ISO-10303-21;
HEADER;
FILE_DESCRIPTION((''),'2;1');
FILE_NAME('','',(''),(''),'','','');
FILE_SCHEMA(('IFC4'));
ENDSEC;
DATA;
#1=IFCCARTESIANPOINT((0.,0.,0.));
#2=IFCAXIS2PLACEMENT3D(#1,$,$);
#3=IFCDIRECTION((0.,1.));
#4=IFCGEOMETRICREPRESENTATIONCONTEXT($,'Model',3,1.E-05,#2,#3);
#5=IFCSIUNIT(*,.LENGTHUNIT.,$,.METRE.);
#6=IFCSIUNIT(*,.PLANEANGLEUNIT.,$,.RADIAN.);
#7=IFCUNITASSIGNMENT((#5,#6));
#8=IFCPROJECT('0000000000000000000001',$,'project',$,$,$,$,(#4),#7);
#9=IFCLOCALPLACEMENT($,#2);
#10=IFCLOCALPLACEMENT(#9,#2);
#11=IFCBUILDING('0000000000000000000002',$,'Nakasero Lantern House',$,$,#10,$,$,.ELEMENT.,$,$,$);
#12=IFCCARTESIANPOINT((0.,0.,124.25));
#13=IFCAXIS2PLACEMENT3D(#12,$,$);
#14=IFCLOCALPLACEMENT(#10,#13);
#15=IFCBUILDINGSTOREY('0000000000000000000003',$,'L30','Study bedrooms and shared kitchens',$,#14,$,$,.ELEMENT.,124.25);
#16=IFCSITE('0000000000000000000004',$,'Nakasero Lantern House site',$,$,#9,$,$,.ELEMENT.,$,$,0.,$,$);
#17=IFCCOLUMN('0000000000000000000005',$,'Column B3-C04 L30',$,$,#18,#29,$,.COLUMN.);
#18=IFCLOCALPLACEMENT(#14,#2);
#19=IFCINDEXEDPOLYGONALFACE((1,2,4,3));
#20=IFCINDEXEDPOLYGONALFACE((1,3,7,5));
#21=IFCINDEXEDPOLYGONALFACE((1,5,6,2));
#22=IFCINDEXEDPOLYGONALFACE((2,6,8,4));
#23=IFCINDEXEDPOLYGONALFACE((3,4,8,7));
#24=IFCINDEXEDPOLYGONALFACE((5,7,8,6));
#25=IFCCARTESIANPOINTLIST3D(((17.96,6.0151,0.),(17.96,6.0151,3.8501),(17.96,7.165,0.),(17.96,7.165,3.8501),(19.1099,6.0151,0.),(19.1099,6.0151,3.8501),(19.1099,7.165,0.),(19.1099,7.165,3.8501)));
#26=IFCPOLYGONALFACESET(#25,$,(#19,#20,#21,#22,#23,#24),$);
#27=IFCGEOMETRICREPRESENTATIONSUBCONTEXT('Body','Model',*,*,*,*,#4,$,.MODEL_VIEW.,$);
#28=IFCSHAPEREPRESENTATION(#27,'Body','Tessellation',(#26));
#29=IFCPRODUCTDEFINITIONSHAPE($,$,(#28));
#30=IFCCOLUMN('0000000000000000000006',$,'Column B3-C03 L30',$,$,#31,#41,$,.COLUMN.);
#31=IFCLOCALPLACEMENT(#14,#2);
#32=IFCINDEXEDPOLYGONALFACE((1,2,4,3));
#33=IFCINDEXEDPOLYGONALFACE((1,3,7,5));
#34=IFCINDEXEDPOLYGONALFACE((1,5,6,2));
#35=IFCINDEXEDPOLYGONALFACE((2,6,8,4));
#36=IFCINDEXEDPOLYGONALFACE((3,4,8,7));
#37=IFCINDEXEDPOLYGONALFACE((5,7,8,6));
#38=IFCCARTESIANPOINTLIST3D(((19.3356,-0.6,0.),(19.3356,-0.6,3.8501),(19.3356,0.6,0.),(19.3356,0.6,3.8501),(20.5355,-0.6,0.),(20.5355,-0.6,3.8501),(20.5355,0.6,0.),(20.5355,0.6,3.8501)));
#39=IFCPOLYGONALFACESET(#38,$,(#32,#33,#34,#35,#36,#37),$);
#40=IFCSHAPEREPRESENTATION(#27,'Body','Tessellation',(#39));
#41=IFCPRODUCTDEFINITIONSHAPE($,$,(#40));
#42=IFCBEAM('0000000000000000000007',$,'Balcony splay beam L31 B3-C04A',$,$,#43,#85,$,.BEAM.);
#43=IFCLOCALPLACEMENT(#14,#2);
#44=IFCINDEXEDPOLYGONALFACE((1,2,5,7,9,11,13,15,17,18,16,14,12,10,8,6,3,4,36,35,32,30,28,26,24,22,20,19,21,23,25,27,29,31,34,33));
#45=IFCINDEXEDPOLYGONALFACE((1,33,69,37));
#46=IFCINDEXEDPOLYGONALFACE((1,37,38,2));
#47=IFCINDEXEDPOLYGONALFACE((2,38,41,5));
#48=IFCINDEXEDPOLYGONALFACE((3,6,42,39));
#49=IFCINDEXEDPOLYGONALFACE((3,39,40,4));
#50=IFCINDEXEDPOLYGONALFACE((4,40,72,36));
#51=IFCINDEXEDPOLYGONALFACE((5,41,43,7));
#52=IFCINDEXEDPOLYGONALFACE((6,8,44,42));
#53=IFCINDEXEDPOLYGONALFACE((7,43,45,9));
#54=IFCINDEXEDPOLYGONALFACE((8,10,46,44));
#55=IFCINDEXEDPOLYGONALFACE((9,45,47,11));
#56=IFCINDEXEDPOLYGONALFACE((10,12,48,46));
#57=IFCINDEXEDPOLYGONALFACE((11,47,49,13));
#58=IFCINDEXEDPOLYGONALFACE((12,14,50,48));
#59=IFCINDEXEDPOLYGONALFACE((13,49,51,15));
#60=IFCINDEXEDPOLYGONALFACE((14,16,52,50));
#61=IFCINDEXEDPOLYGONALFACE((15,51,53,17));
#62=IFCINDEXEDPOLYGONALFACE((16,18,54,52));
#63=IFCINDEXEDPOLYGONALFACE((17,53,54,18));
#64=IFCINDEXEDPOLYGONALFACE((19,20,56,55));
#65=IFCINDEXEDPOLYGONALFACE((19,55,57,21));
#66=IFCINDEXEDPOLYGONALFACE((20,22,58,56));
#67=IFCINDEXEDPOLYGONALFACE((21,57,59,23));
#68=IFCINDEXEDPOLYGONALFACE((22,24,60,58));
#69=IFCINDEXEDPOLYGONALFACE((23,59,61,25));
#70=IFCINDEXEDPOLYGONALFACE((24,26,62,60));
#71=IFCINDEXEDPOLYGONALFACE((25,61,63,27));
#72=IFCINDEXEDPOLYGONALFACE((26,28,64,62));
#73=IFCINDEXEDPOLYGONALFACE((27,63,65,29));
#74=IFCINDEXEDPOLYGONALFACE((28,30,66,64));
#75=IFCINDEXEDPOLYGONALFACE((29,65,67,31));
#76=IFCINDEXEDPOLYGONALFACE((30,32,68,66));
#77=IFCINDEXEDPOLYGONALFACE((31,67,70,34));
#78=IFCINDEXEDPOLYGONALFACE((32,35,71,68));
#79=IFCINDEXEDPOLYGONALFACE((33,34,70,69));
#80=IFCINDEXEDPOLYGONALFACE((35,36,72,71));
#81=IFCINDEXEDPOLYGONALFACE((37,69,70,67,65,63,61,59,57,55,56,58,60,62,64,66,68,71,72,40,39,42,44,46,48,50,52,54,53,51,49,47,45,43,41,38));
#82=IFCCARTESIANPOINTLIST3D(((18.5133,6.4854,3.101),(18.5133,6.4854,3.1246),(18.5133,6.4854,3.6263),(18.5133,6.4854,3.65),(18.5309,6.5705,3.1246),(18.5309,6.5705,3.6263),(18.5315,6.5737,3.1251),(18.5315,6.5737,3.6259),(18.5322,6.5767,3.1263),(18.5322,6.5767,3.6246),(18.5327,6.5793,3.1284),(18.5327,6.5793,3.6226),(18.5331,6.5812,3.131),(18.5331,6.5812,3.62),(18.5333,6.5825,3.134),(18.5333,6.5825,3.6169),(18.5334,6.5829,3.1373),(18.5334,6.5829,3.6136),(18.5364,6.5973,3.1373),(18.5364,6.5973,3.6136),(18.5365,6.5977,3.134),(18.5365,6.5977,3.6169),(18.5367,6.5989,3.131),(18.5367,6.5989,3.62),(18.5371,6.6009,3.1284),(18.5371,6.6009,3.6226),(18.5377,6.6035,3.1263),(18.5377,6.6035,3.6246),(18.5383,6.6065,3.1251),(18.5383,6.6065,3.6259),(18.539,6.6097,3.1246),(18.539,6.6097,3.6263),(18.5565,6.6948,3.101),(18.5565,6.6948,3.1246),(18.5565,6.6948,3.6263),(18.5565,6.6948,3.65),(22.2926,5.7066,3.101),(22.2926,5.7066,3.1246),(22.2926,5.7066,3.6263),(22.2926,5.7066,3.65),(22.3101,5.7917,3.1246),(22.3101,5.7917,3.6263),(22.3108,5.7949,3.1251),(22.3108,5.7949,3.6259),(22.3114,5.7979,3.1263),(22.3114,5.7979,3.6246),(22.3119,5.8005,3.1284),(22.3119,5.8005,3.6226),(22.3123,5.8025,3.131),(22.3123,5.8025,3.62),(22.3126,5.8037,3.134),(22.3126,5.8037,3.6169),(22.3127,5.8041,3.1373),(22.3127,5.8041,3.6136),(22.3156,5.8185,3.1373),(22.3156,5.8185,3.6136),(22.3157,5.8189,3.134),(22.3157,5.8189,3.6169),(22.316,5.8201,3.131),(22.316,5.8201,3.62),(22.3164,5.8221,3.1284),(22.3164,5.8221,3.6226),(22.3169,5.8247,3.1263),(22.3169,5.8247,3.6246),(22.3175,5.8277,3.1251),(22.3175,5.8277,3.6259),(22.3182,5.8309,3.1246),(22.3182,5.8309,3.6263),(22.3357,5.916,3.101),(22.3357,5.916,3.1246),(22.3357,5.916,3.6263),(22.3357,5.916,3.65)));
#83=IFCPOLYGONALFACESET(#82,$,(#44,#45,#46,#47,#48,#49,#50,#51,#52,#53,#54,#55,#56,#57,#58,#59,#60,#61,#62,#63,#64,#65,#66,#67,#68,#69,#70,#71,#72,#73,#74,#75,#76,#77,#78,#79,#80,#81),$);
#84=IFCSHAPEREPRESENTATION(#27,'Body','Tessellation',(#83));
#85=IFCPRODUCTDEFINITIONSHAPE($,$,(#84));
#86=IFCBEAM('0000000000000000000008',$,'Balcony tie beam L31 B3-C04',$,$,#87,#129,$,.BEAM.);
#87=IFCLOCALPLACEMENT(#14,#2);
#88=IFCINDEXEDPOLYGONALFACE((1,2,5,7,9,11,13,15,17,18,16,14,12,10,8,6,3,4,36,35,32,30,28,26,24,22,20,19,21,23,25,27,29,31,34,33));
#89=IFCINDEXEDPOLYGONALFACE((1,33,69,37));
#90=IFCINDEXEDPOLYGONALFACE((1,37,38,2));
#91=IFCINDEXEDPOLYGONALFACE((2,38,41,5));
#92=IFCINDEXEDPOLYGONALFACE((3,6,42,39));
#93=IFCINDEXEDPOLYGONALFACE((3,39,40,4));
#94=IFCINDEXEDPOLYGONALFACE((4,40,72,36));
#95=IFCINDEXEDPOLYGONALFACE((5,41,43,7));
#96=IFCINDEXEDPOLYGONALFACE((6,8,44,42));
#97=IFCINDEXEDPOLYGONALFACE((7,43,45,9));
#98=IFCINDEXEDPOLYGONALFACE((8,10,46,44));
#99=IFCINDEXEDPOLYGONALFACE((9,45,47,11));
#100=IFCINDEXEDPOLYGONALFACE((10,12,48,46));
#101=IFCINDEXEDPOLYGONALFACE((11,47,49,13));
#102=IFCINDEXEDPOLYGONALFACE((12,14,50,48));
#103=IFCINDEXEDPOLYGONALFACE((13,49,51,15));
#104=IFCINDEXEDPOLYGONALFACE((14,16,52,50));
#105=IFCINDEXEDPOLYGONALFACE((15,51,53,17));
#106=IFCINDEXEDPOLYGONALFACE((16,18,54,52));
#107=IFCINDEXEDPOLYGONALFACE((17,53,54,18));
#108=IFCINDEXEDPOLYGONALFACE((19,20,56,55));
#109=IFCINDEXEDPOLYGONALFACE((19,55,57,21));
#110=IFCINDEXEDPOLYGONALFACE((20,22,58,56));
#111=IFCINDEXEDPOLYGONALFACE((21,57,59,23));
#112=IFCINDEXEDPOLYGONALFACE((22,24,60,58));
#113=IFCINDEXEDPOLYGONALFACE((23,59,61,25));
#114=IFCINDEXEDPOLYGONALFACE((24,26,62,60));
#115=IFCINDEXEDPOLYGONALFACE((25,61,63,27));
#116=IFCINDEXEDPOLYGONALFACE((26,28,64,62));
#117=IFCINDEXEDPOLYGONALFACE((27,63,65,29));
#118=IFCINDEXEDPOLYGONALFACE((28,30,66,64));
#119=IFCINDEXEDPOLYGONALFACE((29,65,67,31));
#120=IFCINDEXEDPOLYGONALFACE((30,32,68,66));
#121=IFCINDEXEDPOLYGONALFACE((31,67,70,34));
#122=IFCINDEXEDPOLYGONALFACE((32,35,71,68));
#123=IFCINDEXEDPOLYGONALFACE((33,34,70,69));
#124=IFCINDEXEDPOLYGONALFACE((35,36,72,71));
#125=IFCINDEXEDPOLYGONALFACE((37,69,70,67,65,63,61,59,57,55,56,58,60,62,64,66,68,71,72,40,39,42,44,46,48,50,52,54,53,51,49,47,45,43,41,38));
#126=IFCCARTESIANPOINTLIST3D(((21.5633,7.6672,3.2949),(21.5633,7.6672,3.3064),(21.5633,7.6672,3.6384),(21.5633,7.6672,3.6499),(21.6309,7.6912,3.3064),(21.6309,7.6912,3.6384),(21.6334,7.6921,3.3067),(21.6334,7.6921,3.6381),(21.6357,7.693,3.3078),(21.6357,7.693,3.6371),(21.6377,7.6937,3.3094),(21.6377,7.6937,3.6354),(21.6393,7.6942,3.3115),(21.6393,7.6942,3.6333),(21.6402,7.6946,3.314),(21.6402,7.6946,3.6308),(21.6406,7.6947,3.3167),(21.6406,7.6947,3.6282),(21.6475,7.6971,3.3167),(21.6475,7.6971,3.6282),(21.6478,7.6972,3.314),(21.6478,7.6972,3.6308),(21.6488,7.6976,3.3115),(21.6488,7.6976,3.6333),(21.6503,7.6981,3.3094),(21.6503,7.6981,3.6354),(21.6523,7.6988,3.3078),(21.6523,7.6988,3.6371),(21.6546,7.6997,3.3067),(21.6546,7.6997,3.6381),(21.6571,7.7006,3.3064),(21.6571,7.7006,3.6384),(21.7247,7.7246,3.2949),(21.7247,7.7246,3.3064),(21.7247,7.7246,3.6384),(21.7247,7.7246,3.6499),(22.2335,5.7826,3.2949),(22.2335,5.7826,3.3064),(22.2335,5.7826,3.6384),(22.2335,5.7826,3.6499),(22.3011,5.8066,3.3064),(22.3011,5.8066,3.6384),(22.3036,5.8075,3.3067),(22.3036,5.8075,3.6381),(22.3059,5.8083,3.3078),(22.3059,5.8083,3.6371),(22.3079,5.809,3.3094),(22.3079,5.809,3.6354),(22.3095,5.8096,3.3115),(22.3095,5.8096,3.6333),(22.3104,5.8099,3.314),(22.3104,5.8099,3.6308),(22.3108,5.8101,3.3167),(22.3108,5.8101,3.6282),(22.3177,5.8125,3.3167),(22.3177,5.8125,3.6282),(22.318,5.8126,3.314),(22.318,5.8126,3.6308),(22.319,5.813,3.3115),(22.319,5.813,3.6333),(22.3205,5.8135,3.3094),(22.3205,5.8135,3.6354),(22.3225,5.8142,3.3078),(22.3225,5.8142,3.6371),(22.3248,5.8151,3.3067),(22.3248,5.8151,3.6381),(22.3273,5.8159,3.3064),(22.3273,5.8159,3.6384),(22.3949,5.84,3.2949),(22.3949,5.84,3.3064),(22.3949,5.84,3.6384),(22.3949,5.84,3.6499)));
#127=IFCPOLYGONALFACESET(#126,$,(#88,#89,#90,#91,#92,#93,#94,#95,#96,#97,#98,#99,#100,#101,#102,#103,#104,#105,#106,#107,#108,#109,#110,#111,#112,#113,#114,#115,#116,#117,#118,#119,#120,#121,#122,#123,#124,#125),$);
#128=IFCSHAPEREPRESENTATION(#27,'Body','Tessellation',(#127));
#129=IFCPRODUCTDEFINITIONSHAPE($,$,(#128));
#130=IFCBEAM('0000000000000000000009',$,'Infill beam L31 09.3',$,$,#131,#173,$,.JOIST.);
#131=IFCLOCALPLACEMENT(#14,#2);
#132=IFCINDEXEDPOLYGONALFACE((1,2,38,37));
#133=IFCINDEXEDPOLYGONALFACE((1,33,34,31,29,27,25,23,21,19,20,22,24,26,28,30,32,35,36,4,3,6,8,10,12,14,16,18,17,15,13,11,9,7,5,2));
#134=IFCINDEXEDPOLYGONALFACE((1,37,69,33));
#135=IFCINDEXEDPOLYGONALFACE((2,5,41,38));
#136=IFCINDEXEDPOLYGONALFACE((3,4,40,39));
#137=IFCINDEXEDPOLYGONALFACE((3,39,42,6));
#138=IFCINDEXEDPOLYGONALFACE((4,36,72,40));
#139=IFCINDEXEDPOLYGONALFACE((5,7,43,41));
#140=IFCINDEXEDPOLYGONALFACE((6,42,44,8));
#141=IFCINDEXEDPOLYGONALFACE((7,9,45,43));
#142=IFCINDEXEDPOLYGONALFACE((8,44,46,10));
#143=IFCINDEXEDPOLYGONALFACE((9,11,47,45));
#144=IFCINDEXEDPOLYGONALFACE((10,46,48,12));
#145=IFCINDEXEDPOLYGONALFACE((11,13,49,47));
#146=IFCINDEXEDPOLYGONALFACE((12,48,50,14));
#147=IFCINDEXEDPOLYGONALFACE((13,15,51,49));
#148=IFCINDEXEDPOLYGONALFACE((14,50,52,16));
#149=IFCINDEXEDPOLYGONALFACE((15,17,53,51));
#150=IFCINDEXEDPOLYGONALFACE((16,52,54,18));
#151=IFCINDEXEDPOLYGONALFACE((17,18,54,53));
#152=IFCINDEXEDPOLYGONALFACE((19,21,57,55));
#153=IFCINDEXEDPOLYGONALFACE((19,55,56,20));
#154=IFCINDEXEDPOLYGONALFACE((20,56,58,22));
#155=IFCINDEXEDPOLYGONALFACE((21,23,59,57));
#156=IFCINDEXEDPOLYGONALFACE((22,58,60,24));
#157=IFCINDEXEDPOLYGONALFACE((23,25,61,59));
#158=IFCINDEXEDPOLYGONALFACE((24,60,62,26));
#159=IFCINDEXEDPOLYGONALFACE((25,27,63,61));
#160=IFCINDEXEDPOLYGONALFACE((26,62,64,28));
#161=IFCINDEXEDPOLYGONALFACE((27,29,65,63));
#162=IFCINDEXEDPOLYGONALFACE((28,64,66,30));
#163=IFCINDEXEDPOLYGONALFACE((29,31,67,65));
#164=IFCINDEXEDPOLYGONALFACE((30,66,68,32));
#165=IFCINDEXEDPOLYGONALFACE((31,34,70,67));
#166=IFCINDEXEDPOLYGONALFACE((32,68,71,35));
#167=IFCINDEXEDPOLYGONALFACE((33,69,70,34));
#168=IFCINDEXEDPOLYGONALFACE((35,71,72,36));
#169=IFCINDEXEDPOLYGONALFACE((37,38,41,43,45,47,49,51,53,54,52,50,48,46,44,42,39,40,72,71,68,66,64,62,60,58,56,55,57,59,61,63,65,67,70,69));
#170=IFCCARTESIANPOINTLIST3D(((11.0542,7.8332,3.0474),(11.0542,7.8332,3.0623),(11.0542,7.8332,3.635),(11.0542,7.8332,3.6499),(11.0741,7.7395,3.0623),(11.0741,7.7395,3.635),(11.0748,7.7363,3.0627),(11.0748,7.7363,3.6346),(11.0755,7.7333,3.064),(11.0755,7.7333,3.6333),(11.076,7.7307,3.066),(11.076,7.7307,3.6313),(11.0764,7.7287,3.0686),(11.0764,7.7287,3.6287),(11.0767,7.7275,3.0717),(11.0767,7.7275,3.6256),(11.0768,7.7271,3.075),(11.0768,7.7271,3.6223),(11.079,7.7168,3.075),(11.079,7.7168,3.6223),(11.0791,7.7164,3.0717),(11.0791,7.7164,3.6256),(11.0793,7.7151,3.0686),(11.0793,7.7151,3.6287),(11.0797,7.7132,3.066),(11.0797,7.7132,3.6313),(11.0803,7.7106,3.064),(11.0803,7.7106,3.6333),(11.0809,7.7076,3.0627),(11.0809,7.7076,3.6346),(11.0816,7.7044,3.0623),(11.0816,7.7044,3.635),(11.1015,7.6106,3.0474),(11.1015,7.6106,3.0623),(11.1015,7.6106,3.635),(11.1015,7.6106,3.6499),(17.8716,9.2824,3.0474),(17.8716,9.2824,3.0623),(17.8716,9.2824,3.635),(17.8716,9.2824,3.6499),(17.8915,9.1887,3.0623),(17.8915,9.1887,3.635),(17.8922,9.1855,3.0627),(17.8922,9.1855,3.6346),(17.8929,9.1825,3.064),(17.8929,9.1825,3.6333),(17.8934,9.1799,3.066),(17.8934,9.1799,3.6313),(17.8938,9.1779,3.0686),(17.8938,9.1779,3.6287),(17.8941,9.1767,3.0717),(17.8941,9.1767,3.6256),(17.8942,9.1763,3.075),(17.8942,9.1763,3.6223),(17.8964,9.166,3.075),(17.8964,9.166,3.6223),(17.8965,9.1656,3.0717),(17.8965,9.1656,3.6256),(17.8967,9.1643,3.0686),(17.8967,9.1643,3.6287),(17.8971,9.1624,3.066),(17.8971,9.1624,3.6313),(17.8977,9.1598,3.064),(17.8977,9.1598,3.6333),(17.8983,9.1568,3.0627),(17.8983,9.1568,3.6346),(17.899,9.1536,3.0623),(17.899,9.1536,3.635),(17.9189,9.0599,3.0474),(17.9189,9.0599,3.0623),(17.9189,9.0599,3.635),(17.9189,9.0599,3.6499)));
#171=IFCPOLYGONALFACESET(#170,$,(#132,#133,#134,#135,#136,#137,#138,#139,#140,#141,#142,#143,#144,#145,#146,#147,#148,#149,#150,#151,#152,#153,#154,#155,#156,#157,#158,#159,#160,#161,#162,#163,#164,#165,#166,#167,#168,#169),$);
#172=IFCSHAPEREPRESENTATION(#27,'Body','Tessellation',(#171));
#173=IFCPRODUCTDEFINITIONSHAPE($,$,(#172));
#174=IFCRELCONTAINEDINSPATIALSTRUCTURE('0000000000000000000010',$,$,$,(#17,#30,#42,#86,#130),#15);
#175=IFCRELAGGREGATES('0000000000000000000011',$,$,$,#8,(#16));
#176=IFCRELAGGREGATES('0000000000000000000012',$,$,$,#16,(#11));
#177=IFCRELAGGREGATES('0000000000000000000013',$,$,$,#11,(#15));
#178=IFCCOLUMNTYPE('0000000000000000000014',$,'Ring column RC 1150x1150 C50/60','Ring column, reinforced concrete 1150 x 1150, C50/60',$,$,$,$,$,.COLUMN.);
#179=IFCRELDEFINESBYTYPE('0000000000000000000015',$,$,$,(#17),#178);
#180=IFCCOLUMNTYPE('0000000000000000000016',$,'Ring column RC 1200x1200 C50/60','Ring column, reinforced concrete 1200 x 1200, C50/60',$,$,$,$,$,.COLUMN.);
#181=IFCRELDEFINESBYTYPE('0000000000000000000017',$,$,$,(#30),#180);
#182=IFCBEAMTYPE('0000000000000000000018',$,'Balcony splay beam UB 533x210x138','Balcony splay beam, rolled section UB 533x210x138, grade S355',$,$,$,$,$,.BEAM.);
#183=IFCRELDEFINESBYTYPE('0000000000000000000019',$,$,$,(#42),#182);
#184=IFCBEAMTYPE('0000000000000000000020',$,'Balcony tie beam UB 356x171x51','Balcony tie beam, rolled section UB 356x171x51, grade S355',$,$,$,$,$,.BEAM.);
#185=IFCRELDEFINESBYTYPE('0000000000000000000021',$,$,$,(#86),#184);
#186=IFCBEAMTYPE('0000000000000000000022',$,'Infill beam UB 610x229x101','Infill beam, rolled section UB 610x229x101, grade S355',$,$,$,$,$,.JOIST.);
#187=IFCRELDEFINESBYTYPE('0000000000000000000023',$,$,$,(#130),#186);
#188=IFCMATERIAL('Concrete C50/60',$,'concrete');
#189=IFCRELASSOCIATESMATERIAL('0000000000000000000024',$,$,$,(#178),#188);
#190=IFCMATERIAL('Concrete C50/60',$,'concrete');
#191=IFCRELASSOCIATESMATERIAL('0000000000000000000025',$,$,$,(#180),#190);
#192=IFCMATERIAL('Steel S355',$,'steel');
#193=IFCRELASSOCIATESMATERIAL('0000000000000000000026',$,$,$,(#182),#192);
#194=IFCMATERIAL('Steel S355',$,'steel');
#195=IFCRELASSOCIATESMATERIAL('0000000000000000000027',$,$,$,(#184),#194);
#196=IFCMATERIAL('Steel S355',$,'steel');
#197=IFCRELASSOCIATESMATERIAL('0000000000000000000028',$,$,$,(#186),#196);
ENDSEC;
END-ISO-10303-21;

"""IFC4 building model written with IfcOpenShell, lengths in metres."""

from ifc_helpers import new_model, si_unit, direction, frame, origin, origin_2d, place, context, subcontext, project, spatial, rectangle, i_section, extrude, material, material_profile, profile_set, type_object, element, save


model = new_model("IFC4")

# Units and contexts
model_context = context("Model", 3, precision=1e-05, world=origin(), true_north=direction((0.0, 1.0)))
body_context = subcontext(model_context, "Body", "Model", "MODEL_VIEW")
ifc_project = project(units=[si_unit("LENGTHUNIT", "METRE"), si_unit("PLANEANGLEUNIT", "RADIAN")], contexts=[model_context])

# Site, building, storey
site_placement = place(None, origin())
site = spatial("IfcSite", under=ifc_project, at=site_placement, Name="Nakasero Lantern House site", CompositionType="ELEMENT", RefElevation=0.0)
building_placement = place(site_placement, origin())
building = spatial("IfcBuilding", under=site, at=building_placement, Name="Nakasero Lantern House", CompositionType="ELEMENT")
storey_placement = place(building_placement, frame((0.0, 0.0, 124.25)))
storey = spatial("IfcBuildingStorey", under=building, at=storey_placement, Name="L30", Description="Study bedrooms and shared kitchens", CompositionType="ELEMENT", Elevation=124.25)

# Columns
ifc_material_1 = material(Name="Concrete C50/60", Category="concrete")
ifc_material_profile_1 = material_profile(ifc_material_1, rectangle(XDim=1.1499, YDim=1.1499, at=origin_2d()), Name="RC 1150x1150")
ifc_profile_set_1 = profile_set([ifc_material_profile_1], Name="Concrete C50/60")
column_type_1 = type_object("IfcColumnType", Name="Ring column RC 1150x1150 C50/60", Description="Ring column, reinforced concrete 1150 x 1150, C50/60", PredefinedType="COLUMN", material=ifc_profile_set_1)
column_1_placement = place(storey_placement, frame((18.5349, 6.5901, 0.0), z_axis=(0.0, 0.0, 1.0), x_axis=(1.0, 0.0, 0.0)))
element("IfcColumn", 1, at=column_1_placement, inside=storey, type_object=column_type_1, Name="Column B3-C04 L30", PredefinedType="COLUMN", context=body_context, shape_type="SweptSolid", body=[
    extrude(rectangle(XDim=1.1499, YDim=1.1499, at=origin_2d()), origin(), (0.0, 0.0, 1.0), 3.8501),
])
ifc_material_2 = material(Name="Concrete C50/60", Category="concrete")
ifc_material_profile_2 = material_profile(ifc_material_2, rectangle(XDim=1.2, YDim=1.2, at=origin_2d()), Name="RC 1200x1200")
ifc_profile_set_2 = profile_set([ifc_material_profile_2], Name="Concrete C50/60")
column_type_2 = type_object("IfcColumnType", Name="Ring column RC 1200x1200 C50/60", Description="Ring column, reinforced concrete 1200 x 1200, C50/60", PredefinedType="COLUMN", material=ifc_profile_set_2)
column_2_placement = place(storey_placement, frame((19.9355, 0.0, 0.0), z_axis=(0.0, 0.0, 1.0), x_axis=(1.0, 0.0, 0.0)))
element("IfcColumn", 2, at=column_2_placement, inside=storey, type_object=column_type_2, Name="Column B3-C03 L30", PredefinedType="COLUMN", context=body_context, shape_type="SweptSolid", body=[
    extrude(rectangle(XDim=1.2, YDim=1.2, at=origin_2d()), origin(), (0.0, 0.0, 1.0), 3.8501),
])

# Beams
ifc_material_3 = material(Name="Steel S355", Category="steel")
ifc_material_profile_3 = material_profile(ifc_material_3, i_section(OverallWidth=0.2139, OverallDepth=0.5491, WebThickness=0.0146, FlangeThickness=0.0237, FilletRadius=0.0127, at=origin_2d()), Name="UB 533x210x138")
ifc_profile_set_3 = profile_set([ifc_material_profile_3], Name="Steel S355")
beam_type_1 = type_object("IfcBeamType", Name="Balcony splay beam UB 533x210x138", Description="Balcony splay beam, rolled section UB 533x210x138, grade S355", PredefinedType="BEAM", material=ifc_profile_set_3)
beam_1_placement = place(storey_placement, frame((18.5349, 6.5901, 3.3755), z_axis=(0.97942, -0.201831, 0.0), x_axis=(0.201831, 0.97942, 0.0)))
element("IfcBeam", 3, at=beam_1_placement, inside=storey, type_object=beam_type_1, Name="Balcony splay beam L31 B3-C04A", PredefinedType="BEAM", context=body_context, shape_type="SweptSolid", body=[
    extrude(i_section(OverallWidth=0.2139, OverallDepth=0.5491, WebThickness=0.0146, FlangeThickness=0.0237, FilletRadius=0.0127, at=origin_2d()), origin(), (0.0, 0.0, 1.0), 3.8586),
])
ifc_material_4 = material(Name="Steel S355", Category="steel")
ifc_material_profile_4 = material_profile(ifc_material_4, i_section(OverallWidth=0.1714, OverallDepth=0.355, WebThickness=0.0073, FlangeThickness=0.0115, FilletRadius=0.0103, at=origin_2d()), Name="UB 356x171x51")
ifc_profile_set_4 = profile_set([ifc_material_profile_4], Name="Steel S355")
beam_type_2 = type_object("IfcBeamType", Name="Balcony tie beam UB 356x171x51", Description="Balcony tie beam, rolled section UB 356x171x51, grade S355", PredefinedType="BEAM", material=ifc_profile_set_4)
beam_2_placement = place(storey_placement, frame((22.3142, 5.8113, 3.4724), z_axis=(-0.33506, 0.942197, 0.0), x_axis=(-0.942197, -0.33506, 0.0)))
element("IfcBeam", 4, at=beam_2_placement, inside=storey, type_object=beam_type_2, Name="Balcony tie beam L31 B3-C04", PredefinedType="BEAM", context=body_context, shape_type="SweptSolid", body=[
    extrude(i_section(OverallWidth=0.1714, OverallDepth=0.355, WebThickness=0.0073, FlangeThickness=0.0115, FilletRadius=0.0103, at=origin_2d()), origin(), (0.0, 0.0, 1.0), 2.0002),
])
ifc_material_5 = material(Name="Steel S355", Category="steel")
ifc_material_profile_5 = material_profile(ifc_material_5, i_section(OverallWidth=0.2275, OverallDepth=0.6025, WebThickness=0.0105, FlangeThickness=0.0149, FilletRadius=0.0127, at=origin_2d()), Name="UB 610x229x101")
ifc_profile_set_5 = profile_set([ifc_material_profile_5], Name="Steel S355")
beam_type_3 = type_object("IfcBeamType", Name="Infill beam UB 610x229x101", Description="Infill beam, rolled section UB 610x229x101, grade S355", PredefinedType="JOIST", material=ifc_profile_set_5)
beam_3_placement = place(storey_placement, frame((11.0779, 7.7219, 3.3486), z_axis=(0.978144, 0.207931, 0.0), x_axis=(-0.207931, 0.978144, 0.0)))
element("IfcBeam", 5, at=beam_3_placement, inside=storey, type_object=beam_type_3, Name="Infill beam L31 09.3", PredefinedType="JOIST", context=body_context, shape_type="SweptSolid", body=[
    extrude(i_section(OverallWidth=0.2275, OverallDepth=0.6025, WebThickness=0.0105, FlangeThickness=0.0149, FilletRadius=0.0127, at=origin_2d()), origin(), (0.0, 0.0, 1.0), 6.9697),
])

save(model, "model.ifc")
